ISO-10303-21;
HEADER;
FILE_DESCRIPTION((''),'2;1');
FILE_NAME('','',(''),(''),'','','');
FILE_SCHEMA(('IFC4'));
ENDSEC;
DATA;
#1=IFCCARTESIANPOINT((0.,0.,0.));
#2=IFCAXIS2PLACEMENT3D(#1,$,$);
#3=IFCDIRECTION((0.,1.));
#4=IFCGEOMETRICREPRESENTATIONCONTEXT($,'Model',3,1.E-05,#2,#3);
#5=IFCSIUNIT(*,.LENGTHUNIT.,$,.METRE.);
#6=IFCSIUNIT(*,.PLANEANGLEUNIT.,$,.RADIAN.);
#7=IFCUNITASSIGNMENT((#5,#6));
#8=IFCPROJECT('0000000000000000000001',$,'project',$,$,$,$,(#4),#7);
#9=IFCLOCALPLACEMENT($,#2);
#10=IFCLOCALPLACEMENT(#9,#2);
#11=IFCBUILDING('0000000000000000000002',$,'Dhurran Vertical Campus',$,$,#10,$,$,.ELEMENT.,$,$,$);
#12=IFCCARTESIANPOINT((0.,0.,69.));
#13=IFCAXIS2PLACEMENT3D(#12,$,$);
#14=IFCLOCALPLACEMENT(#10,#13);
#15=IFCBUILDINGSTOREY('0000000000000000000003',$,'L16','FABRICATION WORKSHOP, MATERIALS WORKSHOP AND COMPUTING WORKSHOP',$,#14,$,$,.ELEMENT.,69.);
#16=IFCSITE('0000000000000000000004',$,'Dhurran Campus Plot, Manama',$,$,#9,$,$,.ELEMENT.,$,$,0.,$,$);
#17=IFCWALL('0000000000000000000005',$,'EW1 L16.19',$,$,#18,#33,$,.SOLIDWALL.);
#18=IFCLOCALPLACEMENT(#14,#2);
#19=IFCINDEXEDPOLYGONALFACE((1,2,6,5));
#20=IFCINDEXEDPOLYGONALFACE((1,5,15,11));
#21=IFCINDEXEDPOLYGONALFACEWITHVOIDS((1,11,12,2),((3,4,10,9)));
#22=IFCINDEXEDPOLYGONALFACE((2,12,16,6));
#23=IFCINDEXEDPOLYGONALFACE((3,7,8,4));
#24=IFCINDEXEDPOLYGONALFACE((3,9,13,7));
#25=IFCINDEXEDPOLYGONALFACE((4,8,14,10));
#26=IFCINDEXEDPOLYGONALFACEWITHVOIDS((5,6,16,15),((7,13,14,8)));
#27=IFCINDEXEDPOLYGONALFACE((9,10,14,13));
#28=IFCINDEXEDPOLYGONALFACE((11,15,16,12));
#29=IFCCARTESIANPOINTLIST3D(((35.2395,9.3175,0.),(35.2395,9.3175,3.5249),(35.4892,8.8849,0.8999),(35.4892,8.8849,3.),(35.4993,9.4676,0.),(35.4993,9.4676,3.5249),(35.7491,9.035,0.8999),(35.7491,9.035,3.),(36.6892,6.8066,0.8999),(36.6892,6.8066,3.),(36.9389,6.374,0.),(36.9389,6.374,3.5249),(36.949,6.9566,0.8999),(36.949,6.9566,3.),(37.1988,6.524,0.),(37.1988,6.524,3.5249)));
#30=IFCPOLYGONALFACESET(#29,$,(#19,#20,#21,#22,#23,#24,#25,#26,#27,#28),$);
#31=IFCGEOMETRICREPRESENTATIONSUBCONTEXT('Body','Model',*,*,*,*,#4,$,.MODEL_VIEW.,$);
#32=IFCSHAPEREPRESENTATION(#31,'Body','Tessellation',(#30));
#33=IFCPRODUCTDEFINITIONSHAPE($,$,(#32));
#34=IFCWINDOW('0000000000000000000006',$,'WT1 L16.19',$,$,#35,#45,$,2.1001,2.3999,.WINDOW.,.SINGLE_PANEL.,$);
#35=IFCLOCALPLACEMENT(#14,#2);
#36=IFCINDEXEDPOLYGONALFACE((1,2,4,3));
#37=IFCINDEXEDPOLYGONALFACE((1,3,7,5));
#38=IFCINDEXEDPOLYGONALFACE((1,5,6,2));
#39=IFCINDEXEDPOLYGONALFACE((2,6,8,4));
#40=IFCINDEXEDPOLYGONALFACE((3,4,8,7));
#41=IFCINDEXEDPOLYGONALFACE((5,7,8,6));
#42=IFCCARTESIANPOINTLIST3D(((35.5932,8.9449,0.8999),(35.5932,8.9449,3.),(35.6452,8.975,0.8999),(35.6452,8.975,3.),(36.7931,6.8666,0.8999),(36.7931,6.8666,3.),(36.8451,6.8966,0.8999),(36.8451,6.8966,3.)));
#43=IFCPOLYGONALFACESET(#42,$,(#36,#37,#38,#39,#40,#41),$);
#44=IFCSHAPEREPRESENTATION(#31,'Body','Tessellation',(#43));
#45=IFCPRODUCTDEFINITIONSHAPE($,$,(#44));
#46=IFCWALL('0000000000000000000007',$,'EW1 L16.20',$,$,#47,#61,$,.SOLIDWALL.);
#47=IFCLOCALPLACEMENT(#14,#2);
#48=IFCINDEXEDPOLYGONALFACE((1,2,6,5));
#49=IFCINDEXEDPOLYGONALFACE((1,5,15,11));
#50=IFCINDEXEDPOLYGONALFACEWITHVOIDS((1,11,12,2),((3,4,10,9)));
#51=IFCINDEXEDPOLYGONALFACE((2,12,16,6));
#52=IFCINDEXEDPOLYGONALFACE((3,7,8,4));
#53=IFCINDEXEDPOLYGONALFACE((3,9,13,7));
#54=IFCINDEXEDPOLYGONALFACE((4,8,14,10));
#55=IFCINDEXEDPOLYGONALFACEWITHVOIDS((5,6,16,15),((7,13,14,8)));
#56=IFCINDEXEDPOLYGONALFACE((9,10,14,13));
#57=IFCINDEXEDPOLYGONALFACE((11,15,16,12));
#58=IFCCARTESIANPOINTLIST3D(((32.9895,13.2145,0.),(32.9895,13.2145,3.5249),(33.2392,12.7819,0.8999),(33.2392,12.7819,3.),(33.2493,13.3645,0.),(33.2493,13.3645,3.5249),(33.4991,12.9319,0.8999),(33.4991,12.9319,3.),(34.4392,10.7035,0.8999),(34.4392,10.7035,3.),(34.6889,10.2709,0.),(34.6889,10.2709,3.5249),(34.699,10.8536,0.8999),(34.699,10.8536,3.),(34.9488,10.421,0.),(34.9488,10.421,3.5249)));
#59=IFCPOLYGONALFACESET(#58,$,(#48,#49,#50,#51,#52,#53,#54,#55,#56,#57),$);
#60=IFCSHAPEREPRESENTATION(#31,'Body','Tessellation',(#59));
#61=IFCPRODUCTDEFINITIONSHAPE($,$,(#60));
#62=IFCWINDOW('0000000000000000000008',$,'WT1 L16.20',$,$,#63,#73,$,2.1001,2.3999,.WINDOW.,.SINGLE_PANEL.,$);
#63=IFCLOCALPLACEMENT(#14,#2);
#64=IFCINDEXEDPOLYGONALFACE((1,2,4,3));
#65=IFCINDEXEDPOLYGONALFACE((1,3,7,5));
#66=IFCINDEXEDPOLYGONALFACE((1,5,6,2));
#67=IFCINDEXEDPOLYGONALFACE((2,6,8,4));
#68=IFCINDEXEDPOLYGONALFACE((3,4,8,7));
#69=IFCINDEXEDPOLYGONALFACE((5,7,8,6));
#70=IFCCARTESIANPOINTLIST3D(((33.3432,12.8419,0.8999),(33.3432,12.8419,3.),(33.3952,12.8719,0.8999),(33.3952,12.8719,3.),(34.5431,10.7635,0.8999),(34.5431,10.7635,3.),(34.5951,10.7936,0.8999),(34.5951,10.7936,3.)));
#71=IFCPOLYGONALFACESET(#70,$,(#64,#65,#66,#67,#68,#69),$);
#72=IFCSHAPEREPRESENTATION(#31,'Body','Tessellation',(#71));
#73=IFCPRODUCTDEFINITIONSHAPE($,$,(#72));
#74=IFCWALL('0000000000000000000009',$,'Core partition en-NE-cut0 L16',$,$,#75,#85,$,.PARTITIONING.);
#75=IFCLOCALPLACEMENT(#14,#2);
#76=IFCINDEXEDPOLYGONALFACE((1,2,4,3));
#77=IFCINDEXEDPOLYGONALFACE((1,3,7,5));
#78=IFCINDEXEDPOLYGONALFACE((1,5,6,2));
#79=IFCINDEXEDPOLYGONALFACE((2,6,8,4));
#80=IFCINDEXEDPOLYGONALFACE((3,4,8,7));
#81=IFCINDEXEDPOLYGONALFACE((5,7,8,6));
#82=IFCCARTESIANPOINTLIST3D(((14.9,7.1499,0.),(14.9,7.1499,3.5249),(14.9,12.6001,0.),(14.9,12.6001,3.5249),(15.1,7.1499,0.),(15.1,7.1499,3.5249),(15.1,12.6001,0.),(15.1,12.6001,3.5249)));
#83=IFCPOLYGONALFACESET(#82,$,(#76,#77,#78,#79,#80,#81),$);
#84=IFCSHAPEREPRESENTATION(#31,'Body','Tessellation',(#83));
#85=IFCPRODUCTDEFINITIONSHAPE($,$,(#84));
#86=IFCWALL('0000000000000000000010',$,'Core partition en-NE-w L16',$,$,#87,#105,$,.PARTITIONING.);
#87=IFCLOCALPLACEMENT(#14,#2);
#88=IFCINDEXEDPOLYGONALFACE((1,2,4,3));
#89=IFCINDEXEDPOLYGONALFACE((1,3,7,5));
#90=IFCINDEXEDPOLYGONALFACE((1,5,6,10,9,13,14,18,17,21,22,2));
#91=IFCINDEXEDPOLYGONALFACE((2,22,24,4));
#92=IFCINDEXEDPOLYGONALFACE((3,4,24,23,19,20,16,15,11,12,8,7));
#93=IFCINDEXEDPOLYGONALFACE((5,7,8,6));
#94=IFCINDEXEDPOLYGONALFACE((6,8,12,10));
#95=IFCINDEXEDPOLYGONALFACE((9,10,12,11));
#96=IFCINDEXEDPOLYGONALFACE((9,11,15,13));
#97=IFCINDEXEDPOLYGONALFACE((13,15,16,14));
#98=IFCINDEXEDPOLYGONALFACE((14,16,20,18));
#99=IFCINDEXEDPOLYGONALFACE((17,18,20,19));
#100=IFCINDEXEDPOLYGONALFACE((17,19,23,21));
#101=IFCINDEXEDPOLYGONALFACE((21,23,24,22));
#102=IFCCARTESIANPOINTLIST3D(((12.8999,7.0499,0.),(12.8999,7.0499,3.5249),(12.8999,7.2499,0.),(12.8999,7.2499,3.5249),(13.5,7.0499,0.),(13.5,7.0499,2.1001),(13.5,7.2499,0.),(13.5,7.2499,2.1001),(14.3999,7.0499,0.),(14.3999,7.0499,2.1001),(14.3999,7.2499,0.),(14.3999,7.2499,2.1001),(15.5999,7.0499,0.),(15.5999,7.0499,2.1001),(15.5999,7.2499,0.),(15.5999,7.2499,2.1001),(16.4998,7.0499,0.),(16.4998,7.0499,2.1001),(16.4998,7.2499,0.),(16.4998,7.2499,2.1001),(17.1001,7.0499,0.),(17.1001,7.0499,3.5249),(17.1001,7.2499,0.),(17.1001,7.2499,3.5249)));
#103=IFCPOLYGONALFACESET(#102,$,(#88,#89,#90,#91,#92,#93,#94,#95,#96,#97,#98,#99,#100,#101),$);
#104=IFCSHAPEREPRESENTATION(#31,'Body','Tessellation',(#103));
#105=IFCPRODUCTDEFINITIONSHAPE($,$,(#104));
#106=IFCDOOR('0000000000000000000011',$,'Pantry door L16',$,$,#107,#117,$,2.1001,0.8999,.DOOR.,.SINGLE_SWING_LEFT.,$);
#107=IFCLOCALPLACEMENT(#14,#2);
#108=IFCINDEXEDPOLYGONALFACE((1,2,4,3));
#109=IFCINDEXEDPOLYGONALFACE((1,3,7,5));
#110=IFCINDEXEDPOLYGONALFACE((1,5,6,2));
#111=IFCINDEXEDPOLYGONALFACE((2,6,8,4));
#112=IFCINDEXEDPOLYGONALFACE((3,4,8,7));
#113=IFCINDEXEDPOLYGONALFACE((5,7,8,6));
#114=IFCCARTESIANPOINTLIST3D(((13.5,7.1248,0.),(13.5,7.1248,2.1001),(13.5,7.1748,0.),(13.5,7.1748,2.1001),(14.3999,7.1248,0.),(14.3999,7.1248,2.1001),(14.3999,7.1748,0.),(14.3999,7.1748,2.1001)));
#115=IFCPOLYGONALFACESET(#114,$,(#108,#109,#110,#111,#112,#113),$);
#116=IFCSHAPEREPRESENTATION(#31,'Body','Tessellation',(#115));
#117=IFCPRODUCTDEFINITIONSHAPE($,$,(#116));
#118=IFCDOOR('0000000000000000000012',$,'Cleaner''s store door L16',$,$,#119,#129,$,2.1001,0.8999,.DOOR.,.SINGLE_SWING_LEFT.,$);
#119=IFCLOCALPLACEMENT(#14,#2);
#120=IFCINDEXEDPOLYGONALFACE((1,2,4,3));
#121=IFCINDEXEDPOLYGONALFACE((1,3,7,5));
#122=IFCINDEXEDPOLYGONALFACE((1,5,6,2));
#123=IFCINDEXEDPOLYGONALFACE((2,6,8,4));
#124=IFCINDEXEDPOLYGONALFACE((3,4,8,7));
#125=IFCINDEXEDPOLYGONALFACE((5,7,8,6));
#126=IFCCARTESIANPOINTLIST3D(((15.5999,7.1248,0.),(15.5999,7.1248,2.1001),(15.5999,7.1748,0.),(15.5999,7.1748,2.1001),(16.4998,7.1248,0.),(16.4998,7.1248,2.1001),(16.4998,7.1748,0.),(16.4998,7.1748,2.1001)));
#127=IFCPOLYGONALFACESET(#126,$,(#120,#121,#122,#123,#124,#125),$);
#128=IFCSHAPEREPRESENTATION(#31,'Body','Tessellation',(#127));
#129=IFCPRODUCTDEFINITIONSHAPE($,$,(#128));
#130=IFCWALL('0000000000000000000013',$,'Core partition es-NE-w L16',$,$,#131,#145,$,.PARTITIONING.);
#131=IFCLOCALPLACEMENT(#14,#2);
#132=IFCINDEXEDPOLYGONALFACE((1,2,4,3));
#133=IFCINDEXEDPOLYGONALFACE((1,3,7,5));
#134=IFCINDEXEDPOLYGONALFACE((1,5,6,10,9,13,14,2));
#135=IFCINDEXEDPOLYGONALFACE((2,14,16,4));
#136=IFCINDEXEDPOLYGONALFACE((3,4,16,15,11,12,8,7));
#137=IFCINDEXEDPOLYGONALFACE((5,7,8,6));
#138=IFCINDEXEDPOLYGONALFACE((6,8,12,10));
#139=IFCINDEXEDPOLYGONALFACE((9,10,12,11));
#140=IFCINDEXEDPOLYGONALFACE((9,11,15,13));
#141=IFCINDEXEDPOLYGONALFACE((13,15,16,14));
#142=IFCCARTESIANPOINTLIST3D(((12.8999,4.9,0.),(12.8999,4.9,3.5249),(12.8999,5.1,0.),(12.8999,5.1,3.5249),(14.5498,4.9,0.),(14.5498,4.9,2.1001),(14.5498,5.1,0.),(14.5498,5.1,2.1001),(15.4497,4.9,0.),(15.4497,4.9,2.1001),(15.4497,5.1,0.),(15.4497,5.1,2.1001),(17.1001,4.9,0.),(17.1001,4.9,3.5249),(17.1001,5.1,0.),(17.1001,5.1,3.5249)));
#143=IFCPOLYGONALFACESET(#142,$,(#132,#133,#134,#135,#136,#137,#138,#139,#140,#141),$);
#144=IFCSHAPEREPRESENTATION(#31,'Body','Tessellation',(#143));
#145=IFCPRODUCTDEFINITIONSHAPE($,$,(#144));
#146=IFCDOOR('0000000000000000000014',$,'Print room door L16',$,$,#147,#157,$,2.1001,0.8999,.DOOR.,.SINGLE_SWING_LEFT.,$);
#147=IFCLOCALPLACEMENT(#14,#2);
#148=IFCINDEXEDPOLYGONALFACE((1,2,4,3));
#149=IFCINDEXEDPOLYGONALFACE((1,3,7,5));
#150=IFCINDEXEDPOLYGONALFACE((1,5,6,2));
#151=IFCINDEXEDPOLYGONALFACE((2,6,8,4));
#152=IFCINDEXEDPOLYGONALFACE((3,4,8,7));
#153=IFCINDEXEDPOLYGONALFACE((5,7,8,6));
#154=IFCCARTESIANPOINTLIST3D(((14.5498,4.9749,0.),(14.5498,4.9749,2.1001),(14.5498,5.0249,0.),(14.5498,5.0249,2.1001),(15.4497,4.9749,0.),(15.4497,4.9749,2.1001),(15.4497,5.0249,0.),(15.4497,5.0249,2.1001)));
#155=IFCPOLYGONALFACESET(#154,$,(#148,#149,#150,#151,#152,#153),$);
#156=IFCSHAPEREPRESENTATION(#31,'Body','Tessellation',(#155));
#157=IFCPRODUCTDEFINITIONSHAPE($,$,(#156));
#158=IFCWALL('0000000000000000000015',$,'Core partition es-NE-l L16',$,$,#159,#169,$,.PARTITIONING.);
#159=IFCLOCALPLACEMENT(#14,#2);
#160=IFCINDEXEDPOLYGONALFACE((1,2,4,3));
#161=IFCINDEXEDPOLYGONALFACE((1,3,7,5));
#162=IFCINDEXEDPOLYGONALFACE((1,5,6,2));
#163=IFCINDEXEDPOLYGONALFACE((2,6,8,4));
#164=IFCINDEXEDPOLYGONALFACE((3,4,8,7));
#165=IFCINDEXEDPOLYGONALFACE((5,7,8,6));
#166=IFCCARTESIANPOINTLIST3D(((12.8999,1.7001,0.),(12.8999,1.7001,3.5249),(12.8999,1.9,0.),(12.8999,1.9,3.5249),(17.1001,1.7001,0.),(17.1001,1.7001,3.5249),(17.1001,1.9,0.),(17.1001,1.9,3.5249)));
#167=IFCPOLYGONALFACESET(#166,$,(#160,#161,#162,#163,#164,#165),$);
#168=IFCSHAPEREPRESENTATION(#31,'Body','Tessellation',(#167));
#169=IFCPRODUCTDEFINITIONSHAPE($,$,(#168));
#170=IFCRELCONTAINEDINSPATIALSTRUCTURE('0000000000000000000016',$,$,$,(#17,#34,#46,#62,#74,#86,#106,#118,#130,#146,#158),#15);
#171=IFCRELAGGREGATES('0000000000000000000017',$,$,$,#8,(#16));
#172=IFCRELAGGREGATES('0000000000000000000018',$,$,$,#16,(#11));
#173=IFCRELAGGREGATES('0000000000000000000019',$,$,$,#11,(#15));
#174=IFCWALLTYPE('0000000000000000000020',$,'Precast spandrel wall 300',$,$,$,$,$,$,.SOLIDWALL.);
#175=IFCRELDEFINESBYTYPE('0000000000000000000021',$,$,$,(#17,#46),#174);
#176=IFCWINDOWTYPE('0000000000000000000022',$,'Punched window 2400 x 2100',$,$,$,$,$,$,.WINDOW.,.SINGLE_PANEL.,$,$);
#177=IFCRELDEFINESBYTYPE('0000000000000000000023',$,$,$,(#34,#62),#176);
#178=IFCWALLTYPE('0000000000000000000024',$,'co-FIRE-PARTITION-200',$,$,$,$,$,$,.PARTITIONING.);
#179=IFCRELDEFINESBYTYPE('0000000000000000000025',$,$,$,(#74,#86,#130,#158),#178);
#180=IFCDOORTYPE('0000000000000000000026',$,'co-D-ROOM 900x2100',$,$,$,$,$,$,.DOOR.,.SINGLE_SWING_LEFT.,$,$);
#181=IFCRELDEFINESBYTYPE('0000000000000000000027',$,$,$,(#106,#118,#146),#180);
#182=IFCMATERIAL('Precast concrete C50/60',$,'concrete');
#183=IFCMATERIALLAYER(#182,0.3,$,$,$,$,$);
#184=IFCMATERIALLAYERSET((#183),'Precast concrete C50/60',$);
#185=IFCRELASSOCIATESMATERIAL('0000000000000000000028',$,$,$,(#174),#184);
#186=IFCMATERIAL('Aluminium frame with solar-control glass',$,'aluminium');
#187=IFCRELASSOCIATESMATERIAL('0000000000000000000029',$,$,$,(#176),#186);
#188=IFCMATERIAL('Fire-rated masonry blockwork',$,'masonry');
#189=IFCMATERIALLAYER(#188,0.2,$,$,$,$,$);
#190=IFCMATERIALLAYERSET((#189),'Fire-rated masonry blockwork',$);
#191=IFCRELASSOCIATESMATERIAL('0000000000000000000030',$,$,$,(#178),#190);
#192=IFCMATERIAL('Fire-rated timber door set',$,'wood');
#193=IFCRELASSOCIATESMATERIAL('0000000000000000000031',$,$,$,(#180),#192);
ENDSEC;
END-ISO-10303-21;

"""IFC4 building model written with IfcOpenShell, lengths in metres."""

from ifc_helpers import new_model, si_unit, direction, frame, frame_2d, origin, place, context, subcontext, project, spatial, rectangle, extrude, material, layer, layer_set, type_object, element, fill, save


model = new_model("IFC4")

# Units and contexts
model_context = context("Model", 3, precision=1e-05, world=origin(), true_north=direction((0.0, 1.0)))
body_context = subcontext(model_context, "Body", "Model", "MODEL_VIEW")
ifc_project = project(units=[si_unit("LENGTHUNIT", "METRE"), si_unit("PLANEANGLEUNIT", "RADIAN")], contexts=[model_context])

# Site, building, storey
site_placement = place(None, origin())
site = spatial("IfcSite", under=ifc_project, at=site_placement, Name="Dhurran Campus Plot, Manama", CompositionType="ELEMENT", RefElevation=0.0)
building_placement = place(site_placement, origin())
building = spatial("IfcBuilding", under=site, at=building_placement, Name="Dhurran Vertical Campus", CompositionType="ELEMENT")
storey_placement = place(building_placement, frame((0.0, 0.0, 69.0)))
storey = spatial("IfcBuildingStorey", under=building, at=storey_placement, Name="L16", Description="FABRICATION WORKSHOP, MATERIALS WORKSHOP AND COMPUTING WORKSHOP", CompositionType="ELEMENT", Elevation=69.0)

# Walls, openings, windows
ifc_material_1 = material(Name="Precast concrete C50/60", Category="concrete")
ifc_layer_1 = layer(ifc_material_1, 0.3)
ifc_layer_set_1 = layer_set([ifc_layer_1], Name="Precast concrete C50/60")
wall_type_1 = type_object("IfcWallType", Name="Precast spandrel wall 300", PredefinedType="SOLIDWALL", material=ifc_layer_set_1)
ifc_material_2 = material(Name="Aluminium frame with solar-control glass", Category="aluminium")
window_type = type_object("IfcWindowType", Name="Punched window 2400 x 2100", PartitioningType="SINGLE_PANEL", PredefinedType="WINDOW", material=ifc_material_2)
wall_1_placement = place(storey_placement, frame((37.0688, 6.449, 0.0), z_axis=(0.0, 0.0, 1.0), x_axis=(-0.499994, 0.866029, 0.0)))
wall_1 = element("IfcWall", 1, at=wall_1_placement, inside=storey, type_object=wall_type_1, Name="EW1 L16.19", PredefinedType="SOLIDWALL", context=body_context, shape_type="SweptSolid", body=[
    extrude(rectangle(XDim=3.3989, YDim=0.3, at=frame_2d((1.6995, 0.0))), origin(), (0.0, 0.0, 1.0), 3.5249),
])
opening_1_placement = place(wall_1_placement, frame((0.4995, 0.0, 0.8999)))
opening_1 = element("IfcOpeningElement", 2, at=opening_1_placement, cuts=wall_1, PredefinedType="OPENING", context=body_context, shape_type="SweptSolid", body=[
    extrude(rectangle(XDim=2.3999, YDim=2.1001, at=frame_2d((1.2, 1.05))), frame((0.0, 0.1599, 0.0), z_axis=(0.0, -1.0, 0.0), x_axis=(1.0, 0.0, 0.0)), (0.0, 0.0, 1.0), 0.3201),
])
window_1_placement = place(opening_1_placement, origin())
window_1 = element("IfcWindow", 3, at=window_1_placement, inside=storey, type_object=window_type, Name="WT1 L16.19", OverallHeight=2.1001, OverallWidth=2.3999, PartitioningType="SINGLE_PANEL", PredefinedType="WINDOW", context=body_context, shape_type="SweptSolid", body=[
    extrude(rectangle(XDim=2.3999, YDim=2.1001, at=frame_2d((1.2, 1.05))), frame((0.0, 0.03, 0.0), z_axis=(0.0, -1.0, 0.0), x_axis=(1.0, 0.0, 0.0)), (0.0, 0.0, 1.0), 0.0601),
])
fill(opening_1, window_1)
wall_2_placement = place(storey_placement, frame((34.8188, 10.3459, 0.0), z_axis=(0.0, 0.0, 1.0), x_axis=(-0.499994, 0.866029, 0.0)))
wall_2 = element("IfcWall", 4, at=wall_2_placement, inside=storey, type_object=wall_type_1, Name="EW1 L16.20", PredefinedType="SOLIDWALL", context=body_context, shape_type="SweptSolid", body=[
    extrude(rectangle(XDim=3.3989, YDim=0.3, at=frame_2d((1.6995, 0.0))), origin(), (0.0, 0.0, 1.0), 3.5249),
])
opening_2_placement = place(wall_2_placement, frame((0.4995, 0.0, 0.8999)))
opening_2 = element("IfcOpeningElement", 5, at=opening_2_placement, cuts=wall_2, PredefinedType="OPENING", context=body_context, shape_type="SweptSolid", body=[
    extrude(rectangle(XDim=2.3999, YDim=2.1001, at=frame_2d((1.2, 1.05))), frame((0.0, 0.1599, 0.0), z_axis=(0.0, -1.0, 0.0), x_axis=(1.0, 0.0, 0.0)), (0.0, 0.0, 1.0), 0.3201),
])
window_2_placement = place(opening_2_placement, origin())
window_2 = element("IfcWindow", 6, at=window_2_placement, inside=storey, type_object=window_type, Name="WT1 L16.20", OverallHeight=2.1001, OverallWidth=2.3999, PartitioningType="SINGLE_PANEL", PredefinedType="WINDOW", context=body_context, shape_type="SweptSolid", body=[
    extrude(rectangle(XDim=2.3999, YDim=2.1001, at=frame_2d((1.2, 1.05))), frame((0.0, 0.03, 0.0), z_axis=(0.0, -1.0, 0.0), x_axis=(1.0, 0.0, 0.0)), (0.0, 0.0, 1.0), 0.0601),
])
fill(opening_2, window_2)

# Wall
ifc_material_3 = material(Name="Fire-rated masonry blockwork", Category="masonry")
ifc_layer_2 = layer(ifc_material_3, 0.2)
ifc_layer_set_2 = layer_set([ifc_layer_2], Name="Fire-rated masonry blockwork")
wall_type_2 = type_object("IfcWallType", Name="co-FIRE-PARTITION-200", PredefinedType="PARTITIONING", material=ifc_layer_set_2)
wall_3_placement = place(storey_placement, frame((15.0, 7.1499, 0.0), z_axis=(0.0, 0.0, 1.0), x_axis=(0.0, 1.0, 0.0)))
element("IfcWall", 7, at=wall_3_placement, inside=storey, type_object=wall_type_2, Name="Core partition en-NE-cut0 L16", PredefinedType="PARTITIONING", context=body_context, shape_type="SweptSolid", body=[
    extrude(rectangle(XDim=5.4502, YDim=0.2, at=frame_2d((2.7251, 0.0))), origin(), (0.0, 0.0, 1.0), 3.5249),
])

# Wall, openings, doors
wall_4_placement = place(storey_placement, frame((12.8999, 7.1499, 0.0), z_axis=(0.0, 0.0, 1.0), x_axis=(1.0, 0.0, 0.0)))
wall_4 = element("IfcWall", 8, at=wall_4_placement, inside=storey, type_object=wall_type_2, Name="Core partition en-NE-w L16", PredefinedType="PARTITIONING", context=body_context, shape_type="SweptSolid", body=[
    extrude(rectangle(XDim=4.2002, YDim=0.2, at=frame_2d((2.1001, 0.0))), origin(), (0.0, 0.0, 1.0), 3.5249),
])
opening_3_placement = place(wall_4_placement, frame((0.6001, 0.0, 0.0)))
opening_3 = element("IfcOpeningElement", 9, at=opening_3_placement, cuts=wall_4, PredefinedType="OPENING", context=body_context, shape_type="SweptSolid", body=[
    extrude(rectangle(XDim=0.8999, YDim=2.1001, at=frame_2d((0.45, 1.05))), frame((0.0, 0.1099, 0.0), z_axis=(0.0, -1.0, 0.0), x_axis=(1.0, 0.0, 0.0)), (0.0, 0.0, 1.0), 0.22),
])
opening_4_placement = place(wall_4_placement, frame((2.7, 0.0, 0.0)))
opening_4 = element("IfcOpeningElement", 10, at=opening_4_placement, cuts=wall_4, PredefinedType="OPENING", context=body_context, shape_type="SweptSolid", body=[
    extrude(rectangle(XDim=0.8999, YDim=2.1001, at=frame_2d((0.45, 1.05))), frame((0.0, 0.1099, 0.0), z_axis=(0.0, -1.0, 0.0), x_axis=(1.0, 0.0, 0.0)), (0.0, 0.0, 1.0), 0.22),
])
ifc_material_4 = material(Name="Fire-rated timber door set", Category="wood")
door_type_1 = type_object("IfcDoorType", Name="co-D-ROOM 900x2100", OperationType="SINGLE_SWING_LEFT", PredefinedType="DOOR", material=ifc_material_4)
door_1_placement = place(opening_3_placement, origin())
door_1 = element("IfcDoor", 11, at=door_1_placement, inside=storey, type_object=door_type_1, Name="Pantry door L16", OperationType="SINGLE_SWING_LEFT", OverallHeight=2.1001, OverallWidth=0.8999, PredefinedType="DOOR", context=body_context, shape_type="SweptSolid", body=[
    extrude(rectangle(XDim=0.8999, YDim=2.1001, at=frame_2d((0.45, 1.05))), frame((0.0, 0.0249, 0.0), z_axis=(0.0, -1.0, 0.0), x_axis=(1.0, 0.0, 0.0)), (0.0, 0.0, 1.0), 0.05),
])
fill(opening_3, door_1)
door_2_placement = place(opening_4_placement, origin())
door_2 = element("IfcDoor", 12, at=door_2_placement, inside=storey, type_object=door_type_1, Name="Cleaner's store door L16", OperationType="SINGLE_SWING_LEFT", OverallHeight=2.1001, OverallWidth=0.8999, PredefinedType="DOOR", context=body_context, shape_type="SweptSolid", body=[
    extrude(rectangle(XDim=0.8999, YDim=2.1001, at=frame_2d((0.45, 1.05))), frame((0.0, 0.0249, 0.0), z_axis=(0.0, -1.0, 0.0), x_axis=(1.0, 0.0, 0.0)), (0.0, 0.0, 1.0), 0.05),
])
fill(opening_4, door_2)

# Wall, opening, door
wall_5_placement = place(storey_placement, frame((12.8999, 5.0, 0.0), z_axis=(0.0, 0.0, 1.0), x_axis=(1.0, 0.0, 0.0)))
wall_5 = element("IfcWall", 13, at=wall_5_placement, inside=storey, type_object=wall_type_2, Name="Core partition es-NE-w L16", PredefinedType="PARTITIONING", context=body_context, shape_type="SweptSolid", body=[
    extrude(rectangle(XDim=4.2002, YDim=0.2, at=frame_2d((2.1001, 0.0))), origin(), (0.0, 0.0, 1.0), 3.5249),
])
opening_5_placement = place(wall_5_placement, frame((1.6499, 0.0, 0.0)))
opening_5 = element("IfcOpeningElement", 14, at=opening_5_placement, cuts=wall_5, PredefinedType="OPENING", context=body_context, shape_type="SweptSolid", body=[
    extrude(rectangle(XDim=0.8999, YDim=2.1001, at=frame_2d((0.45, 1.05))), frame((0.0, 0.1099, 0.0), z_axis=(0.0, -1.0, 0.0), x_axis=(1.0, 0.0, 0.0)), (0.0, 0.0, 1.0), 0.22),
])
door_3_placement = place(opening_5_placement, origin())
door_3 = element("IfcDoor", 15, at=door_3_placement, inside=storey, type_object=door_type_1, Name="Print room door L16", OperationType="SINGLE_SWING_LEFT", OverallHeight=2.1001, OverallWidth=0.8999, PredefinedType="DOOR", context=body_context, shape_type="SweptSolid", body=[
    extrude(rectangle(XDim=0.8999, YDim=2.1001, at=frame_2d((0.45, 1.05))), frame((0.0, 0.0249, 0.0), z_axis=(0.0, -1.0, 0.0), x_axis=(1.0, 0.0, 0.0)), (0.0, 0.0, 1.0), 0.05),
])
fill(opening_5, door_3)

# Wall
wall_6_placement = place(storey_placement, frame((12.8999, 1.8, 0.0), z_axis=(0.0, 0.0, 1.0), x_axis=(1.0, 0.0, 0.0)))
element("IfcWall", 16, at=wall_6_placement, inside=storey, type_object=wall_type_2, Name="Core partition es-NE-l L16", PredefinedType="PARTITIONING", context=body_context, shape_type="SweptSolid", body=[
    extrude(rectangle(XDim=4.2002, YDim=0.2, at=frame_2d((2.1001, 0.0))), origin(), (0.0, 0.0, 1.0), 3.5249),
])

save(model, "model.ifc")
